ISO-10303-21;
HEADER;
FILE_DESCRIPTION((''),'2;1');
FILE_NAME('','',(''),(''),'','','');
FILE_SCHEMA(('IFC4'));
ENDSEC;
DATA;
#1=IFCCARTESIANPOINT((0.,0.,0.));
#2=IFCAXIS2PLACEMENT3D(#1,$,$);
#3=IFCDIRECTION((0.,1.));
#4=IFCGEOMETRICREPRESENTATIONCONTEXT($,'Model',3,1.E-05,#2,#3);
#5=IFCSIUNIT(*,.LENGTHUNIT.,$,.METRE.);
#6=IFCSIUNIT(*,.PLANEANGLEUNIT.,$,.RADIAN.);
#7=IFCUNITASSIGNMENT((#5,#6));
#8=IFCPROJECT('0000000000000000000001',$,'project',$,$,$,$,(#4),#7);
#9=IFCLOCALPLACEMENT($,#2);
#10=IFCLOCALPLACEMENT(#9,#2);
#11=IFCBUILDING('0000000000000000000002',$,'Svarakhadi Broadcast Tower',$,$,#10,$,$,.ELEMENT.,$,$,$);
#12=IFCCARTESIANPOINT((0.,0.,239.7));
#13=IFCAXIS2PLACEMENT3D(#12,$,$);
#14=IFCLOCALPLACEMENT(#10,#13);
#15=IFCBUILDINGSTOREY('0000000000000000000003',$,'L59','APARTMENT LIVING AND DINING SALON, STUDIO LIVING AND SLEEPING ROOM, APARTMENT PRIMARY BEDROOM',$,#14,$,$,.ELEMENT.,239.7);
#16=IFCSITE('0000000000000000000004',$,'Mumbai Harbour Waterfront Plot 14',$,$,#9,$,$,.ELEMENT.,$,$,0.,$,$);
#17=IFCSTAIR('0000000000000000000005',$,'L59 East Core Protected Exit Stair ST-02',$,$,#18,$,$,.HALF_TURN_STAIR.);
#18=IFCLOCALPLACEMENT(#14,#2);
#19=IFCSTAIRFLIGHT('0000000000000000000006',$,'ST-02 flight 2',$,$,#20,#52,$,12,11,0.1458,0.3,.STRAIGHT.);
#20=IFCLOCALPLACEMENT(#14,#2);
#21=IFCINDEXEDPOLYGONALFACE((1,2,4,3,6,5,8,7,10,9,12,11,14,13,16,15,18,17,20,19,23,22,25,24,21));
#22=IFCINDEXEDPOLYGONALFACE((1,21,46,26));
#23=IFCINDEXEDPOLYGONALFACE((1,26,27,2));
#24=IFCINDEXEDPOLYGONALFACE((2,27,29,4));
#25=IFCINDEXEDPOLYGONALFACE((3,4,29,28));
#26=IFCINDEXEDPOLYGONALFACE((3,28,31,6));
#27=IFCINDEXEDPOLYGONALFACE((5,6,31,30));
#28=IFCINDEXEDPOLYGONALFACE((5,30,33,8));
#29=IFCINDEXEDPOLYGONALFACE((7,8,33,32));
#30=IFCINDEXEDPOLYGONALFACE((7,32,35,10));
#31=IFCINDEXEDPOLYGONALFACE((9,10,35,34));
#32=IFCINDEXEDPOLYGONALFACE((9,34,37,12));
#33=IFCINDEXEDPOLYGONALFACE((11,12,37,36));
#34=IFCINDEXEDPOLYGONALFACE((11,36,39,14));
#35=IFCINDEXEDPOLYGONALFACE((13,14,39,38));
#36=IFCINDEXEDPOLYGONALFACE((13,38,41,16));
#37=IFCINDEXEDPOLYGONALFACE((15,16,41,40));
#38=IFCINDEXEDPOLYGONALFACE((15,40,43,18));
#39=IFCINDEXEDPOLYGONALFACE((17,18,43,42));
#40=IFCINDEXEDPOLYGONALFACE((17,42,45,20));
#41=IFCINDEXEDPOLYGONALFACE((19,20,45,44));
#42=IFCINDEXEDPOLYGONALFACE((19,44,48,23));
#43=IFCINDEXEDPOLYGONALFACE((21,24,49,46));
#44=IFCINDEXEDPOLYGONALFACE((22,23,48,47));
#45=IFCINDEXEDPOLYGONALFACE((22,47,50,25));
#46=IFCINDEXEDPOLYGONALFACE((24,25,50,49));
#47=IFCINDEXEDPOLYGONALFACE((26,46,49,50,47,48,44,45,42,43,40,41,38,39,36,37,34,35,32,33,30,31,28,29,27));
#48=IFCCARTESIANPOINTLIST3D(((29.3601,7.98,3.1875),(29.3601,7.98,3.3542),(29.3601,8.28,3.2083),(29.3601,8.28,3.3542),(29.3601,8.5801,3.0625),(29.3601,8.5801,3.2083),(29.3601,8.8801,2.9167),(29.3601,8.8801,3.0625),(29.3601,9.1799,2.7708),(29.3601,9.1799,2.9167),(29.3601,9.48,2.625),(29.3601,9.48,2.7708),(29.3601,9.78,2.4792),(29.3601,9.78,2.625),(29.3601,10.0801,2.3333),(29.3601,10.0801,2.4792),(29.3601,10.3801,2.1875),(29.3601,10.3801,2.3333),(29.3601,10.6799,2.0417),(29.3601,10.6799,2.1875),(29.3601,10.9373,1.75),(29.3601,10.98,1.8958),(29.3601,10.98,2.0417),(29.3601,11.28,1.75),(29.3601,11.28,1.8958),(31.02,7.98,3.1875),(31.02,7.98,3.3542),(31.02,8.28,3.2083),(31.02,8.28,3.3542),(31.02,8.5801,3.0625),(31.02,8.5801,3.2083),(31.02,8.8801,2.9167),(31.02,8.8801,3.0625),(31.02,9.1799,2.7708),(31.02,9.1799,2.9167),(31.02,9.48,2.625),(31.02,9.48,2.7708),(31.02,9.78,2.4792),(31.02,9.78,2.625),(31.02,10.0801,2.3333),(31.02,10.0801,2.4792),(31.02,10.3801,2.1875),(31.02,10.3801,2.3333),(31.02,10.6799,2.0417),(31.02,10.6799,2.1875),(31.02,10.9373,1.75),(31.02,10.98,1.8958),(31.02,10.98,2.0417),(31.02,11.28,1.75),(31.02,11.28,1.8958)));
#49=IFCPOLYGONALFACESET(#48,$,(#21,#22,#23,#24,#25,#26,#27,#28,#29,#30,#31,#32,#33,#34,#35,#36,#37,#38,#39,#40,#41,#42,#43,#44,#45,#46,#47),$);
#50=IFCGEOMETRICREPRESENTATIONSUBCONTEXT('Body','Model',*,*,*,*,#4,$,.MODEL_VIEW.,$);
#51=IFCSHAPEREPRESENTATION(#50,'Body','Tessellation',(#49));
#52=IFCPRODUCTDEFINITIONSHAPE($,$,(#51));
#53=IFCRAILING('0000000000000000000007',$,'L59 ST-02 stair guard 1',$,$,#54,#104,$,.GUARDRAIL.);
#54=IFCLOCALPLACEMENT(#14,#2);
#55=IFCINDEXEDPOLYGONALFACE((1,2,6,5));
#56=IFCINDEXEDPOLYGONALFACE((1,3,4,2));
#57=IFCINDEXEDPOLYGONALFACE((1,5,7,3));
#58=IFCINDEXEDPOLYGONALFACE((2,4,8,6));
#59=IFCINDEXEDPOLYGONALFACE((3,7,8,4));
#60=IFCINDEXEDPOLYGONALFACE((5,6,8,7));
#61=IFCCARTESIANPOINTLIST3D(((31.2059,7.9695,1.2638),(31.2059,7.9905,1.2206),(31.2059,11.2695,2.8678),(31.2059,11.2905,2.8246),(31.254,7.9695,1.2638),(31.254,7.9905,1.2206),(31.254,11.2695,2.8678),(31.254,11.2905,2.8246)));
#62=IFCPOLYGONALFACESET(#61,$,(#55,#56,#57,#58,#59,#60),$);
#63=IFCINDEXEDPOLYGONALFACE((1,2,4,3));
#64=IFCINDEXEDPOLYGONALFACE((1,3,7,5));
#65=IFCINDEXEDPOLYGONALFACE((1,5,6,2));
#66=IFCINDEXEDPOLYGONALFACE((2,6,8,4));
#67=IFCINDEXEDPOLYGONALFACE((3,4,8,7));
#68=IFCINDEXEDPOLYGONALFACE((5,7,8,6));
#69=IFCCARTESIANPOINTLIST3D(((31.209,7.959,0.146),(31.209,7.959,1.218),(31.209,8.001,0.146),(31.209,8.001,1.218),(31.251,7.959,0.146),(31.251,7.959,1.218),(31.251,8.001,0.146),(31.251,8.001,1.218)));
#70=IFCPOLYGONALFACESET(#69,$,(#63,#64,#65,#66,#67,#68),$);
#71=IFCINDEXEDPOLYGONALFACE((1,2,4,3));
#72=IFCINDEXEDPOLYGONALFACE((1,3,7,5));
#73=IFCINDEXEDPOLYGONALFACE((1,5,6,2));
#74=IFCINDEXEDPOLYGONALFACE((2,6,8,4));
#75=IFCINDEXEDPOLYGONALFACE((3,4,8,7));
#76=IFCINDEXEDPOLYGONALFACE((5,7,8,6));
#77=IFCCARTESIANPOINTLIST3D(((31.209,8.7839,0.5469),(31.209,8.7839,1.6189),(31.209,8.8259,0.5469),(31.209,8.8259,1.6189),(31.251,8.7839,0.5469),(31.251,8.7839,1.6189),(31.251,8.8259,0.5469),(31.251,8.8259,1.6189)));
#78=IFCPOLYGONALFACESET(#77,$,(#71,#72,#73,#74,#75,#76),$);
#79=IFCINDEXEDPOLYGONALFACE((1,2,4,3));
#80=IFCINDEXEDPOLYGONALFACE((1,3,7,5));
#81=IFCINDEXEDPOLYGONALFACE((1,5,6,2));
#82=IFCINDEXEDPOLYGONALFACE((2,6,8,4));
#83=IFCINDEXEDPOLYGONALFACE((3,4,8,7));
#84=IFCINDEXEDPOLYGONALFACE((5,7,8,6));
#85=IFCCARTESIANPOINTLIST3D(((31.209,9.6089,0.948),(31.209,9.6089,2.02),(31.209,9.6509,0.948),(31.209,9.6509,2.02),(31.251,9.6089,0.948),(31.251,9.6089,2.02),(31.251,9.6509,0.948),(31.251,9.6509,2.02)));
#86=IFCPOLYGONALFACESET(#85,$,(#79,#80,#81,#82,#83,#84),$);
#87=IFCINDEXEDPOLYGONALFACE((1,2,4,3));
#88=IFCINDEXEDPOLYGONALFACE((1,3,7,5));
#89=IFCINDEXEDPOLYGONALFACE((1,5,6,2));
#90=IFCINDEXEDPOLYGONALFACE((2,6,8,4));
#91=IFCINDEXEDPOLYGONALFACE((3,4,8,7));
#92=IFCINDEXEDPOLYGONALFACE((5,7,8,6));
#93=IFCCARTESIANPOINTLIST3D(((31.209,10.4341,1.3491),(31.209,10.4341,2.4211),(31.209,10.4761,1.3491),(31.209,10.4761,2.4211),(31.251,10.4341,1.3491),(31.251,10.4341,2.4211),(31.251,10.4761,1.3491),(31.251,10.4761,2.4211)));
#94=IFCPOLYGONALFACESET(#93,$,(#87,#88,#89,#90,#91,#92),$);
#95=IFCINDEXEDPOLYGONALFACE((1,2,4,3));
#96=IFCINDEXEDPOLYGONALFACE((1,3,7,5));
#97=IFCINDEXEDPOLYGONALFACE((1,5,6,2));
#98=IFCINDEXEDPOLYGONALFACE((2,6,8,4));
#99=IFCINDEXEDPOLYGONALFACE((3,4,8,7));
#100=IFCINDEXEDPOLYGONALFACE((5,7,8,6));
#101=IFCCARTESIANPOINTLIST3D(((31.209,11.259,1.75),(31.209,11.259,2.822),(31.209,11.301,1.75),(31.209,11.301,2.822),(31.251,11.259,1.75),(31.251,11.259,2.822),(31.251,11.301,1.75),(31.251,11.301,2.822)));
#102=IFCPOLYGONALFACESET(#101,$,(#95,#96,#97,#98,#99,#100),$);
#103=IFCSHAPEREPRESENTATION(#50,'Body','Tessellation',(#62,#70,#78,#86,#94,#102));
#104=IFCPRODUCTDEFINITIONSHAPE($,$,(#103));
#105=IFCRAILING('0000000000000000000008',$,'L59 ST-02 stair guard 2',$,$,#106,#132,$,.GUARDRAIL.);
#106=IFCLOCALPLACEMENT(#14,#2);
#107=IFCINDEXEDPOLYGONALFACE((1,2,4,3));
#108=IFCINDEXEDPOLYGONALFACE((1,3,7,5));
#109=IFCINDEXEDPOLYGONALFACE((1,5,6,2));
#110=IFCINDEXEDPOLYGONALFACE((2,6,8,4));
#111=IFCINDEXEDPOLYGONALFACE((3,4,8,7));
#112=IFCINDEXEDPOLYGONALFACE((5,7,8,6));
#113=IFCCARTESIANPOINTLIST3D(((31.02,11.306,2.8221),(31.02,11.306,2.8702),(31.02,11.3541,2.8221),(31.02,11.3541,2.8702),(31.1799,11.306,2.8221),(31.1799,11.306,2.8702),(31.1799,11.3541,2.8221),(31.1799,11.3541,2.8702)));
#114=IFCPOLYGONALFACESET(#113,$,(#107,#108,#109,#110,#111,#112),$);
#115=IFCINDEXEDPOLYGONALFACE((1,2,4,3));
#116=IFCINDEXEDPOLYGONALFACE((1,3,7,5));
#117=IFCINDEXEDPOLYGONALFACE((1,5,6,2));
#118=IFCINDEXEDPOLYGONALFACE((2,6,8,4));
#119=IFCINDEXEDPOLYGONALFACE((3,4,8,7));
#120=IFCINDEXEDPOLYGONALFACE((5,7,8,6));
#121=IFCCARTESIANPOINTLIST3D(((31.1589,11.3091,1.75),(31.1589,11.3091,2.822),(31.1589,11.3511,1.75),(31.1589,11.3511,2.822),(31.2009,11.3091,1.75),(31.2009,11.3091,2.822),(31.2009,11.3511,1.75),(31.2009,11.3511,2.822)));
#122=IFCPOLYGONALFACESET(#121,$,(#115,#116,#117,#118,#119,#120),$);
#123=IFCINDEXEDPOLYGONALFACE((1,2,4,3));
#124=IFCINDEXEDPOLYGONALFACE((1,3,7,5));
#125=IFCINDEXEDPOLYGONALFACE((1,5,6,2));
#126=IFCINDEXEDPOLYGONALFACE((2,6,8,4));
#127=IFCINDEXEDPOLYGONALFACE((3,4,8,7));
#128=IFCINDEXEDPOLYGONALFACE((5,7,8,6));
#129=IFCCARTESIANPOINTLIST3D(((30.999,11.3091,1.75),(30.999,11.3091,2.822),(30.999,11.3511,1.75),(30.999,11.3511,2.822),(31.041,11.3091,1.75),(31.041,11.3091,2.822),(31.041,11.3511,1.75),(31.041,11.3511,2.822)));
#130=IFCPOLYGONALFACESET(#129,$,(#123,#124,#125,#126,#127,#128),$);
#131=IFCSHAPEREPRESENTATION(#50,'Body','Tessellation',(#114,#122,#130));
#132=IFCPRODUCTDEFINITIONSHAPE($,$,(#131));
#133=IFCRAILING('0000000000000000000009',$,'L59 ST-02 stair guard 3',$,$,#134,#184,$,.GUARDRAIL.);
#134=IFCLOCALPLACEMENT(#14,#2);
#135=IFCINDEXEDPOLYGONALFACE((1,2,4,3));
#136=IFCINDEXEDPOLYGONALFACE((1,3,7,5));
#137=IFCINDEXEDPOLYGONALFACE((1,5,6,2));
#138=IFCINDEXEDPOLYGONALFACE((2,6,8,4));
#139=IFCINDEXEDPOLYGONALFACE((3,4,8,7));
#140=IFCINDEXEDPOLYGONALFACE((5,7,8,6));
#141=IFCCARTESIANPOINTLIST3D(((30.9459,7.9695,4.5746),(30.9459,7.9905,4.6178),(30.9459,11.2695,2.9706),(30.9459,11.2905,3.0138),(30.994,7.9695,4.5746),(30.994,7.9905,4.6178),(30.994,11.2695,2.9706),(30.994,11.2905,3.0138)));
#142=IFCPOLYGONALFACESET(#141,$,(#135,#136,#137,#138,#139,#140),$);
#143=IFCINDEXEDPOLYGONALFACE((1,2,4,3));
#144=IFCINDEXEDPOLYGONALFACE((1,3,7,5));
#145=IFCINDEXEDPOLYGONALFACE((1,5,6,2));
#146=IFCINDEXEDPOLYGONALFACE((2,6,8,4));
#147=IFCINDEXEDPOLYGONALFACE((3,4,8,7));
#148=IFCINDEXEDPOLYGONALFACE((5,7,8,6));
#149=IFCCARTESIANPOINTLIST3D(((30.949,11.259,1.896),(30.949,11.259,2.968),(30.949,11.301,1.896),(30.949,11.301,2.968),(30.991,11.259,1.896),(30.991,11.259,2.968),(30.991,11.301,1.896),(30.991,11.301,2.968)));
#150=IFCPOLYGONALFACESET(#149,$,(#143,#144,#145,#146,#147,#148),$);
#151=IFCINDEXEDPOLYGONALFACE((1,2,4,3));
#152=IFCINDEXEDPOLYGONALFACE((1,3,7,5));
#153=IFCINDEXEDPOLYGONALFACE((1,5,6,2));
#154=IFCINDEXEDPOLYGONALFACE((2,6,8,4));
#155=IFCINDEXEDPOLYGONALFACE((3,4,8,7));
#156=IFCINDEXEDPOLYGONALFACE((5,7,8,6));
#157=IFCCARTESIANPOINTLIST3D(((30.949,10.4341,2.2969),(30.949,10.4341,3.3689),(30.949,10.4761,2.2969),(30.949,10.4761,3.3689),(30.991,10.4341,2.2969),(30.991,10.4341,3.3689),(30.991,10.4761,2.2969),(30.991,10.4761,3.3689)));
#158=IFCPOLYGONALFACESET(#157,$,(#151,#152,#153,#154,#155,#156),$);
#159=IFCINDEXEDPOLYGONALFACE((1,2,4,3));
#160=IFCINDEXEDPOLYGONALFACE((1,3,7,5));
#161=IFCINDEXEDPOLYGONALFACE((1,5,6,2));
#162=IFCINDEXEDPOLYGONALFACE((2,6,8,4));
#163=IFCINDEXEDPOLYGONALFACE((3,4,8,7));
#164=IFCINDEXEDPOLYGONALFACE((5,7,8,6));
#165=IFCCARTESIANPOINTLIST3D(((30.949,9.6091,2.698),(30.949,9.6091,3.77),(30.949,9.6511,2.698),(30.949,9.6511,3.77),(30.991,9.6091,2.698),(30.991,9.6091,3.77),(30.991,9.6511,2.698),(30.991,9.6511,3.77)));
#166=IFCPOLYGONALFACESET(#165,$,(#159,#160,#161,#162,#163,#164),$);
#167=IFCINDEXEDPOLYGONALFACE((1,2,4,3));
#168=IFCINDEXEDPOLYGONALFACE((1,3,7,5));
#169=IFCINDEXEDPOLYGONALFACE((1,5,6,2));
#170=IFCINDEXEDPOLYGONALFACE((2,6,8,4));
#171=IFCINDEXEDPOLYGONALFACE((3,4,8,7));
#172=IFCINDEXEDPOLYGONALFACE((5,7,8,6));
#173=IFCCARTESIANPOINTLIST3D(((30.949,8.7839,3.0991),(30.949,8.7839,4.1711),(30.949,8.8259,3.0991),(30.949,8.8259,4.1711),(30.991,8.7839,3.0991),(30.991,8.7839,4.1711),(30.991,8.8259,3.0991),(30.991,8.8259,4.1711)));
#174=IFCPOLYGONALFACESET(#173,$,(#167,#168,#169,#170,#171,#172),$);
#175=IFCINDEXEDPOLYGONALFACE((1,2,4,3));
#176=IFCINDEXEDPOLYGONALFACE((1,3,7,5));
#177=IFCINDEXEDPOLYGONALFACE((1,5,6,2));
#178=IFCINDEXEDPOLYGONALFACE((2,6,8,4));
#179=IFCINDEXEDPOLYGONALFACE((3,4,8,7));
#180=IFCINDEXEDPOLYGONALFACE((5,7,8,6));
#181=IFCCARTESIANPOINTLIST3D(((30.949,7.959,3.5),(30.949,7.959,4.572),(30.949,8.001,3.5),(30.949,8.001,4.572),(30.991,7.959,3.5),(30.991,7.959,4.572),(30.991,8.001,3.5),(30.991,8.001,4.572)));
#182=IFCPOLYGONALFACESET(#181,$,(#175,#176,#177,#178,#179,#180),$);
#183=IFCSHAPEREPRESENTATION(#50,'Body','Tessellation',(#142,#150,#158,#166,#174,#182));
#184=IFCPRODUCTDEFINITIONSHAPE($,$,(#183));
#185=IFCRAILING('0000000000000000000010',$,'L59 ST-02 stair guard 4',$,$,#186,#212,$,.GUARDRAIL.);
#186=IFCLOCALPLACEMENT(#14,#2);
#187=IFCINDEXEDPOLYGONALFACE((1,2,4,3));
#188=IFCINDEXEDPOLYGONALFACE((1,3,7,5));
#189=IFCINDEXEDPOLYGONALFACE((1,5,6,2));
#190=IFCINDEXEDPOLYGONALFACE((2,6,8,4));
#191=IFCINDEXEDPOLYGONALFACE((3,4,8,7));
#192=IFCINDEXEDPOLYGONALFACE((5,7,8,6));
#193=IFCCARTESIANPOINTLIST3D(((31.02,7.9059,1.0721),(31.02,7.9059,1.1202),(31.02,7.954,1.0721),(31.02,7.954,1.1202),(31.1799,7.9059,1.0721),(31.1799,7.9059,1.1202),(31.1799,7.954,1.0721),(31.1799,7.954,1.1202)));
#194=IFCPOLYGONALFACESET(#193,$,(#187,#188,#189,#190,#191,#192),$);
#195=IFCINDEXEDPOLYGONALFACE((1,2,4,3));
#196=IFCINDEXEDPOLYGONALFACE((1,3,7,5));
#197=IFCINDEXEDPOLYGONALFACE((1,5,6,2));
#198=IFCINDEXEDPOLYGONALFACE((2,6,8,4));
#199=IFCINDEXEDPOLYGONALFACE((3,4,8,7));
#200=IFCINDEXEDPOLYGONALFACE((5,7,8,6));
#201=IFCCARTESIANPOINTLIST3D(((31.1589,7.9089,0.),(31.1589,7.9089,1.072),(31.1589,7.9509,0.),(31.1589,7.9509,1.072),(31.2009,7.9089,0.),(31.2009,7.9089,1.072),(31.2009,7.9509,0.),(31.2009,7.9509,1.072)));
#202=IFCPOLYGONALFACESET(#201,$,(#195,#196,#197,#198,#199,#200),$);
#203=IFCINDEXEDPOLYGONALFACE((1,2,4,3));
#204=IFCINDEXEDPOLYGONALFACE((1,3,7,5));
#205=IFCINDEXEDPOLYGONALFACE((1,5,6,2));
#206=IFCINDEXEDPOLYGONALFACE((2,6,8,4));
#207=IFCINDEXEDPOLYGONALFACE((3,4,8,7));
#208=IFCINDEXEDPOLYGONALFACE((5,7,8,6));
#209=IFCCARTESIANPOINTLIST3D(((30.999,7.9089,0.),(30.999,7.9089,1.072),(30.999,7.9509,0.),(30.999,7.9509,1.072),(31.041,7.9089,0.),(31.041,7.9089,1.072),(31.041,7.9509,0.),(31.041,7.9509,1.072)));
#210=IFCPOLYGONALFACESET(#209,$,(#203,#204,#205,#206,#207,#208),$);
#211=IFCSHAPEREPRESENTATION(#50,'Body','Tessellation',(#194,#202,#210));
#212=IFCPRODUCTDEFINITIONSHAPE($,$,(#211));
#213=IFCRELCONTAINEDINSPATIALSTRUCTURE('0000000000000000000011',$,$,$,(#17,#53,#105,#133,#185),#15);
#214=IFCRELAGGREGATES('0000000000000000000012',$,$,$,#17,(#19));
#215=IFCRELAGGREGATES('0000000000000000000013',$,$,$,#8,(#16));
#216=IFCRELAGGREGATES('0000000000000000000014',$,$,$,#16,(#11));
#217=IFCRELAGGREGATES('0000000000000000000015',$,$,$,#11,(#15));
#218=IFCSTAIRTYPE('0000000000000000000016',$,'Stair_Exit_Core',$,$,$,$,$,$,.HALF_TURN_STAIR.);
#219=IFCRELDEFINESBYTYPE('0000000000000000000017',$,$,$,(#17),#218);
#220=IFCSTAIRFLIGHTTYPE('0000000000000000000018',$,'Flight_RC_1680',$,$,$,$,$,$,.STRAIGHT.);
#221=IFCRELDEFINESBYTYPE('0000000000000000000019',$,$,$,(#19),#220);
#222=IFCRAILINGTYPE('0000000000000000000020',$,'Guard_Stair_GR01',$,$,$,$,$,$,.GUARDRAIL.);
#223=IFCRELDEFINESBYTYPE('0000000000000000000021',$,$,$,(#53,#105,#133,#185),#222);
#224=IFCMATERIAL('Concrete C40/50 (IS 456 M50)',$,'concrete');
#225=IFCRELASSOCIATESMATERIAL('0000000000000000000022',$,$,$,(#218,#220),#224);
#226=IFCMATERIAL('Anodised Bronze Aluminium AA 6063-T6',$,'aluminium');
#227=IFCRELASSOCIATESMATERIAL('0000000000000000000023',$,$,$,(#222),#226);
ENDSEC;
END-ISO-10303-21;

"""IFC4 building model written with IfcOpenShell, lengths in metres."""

from ifc_helpers import new_model, si_unit, direction, frame, origin, origin_2d, place, context, subcontext, project, spatial, polyline, rectangle, outline, extrude, material, type_object, element, aggregate, save


model = new_model("IFC4")

# Units and contexts
model_context = context("Model", 3, precision=1e-05, world=origin(), true_north=direction((0.0, 1.0)))
body_context = subcontext(model_context, "Body", "Model", "MODEL_VIEW")
ifc_project = project(units=[si_unit("LENGTHUNIT", "METRE"), si_unit("PLANEANGLEUNIT", "RADIAN")], contexts=[model_context])

# Site, building, storey
site_placement = place(None, origin())
site = spatial("IfcSite", under=ifc_project, at=site_placement, Name="Mumbai Harbour Waterfront Plot 14", CompositionType="ELEMENT", RefElevation=0.0)
building_placement = place(site_placement, origin())
building = spatial("IfcBuilding", under=site, at=building_placement, Name="Svarakhadi Broadcast Tower", CompositionType="ELEMENT")
storey_placement = place(building_placement, frame((0.0, 0.0, 239.7)))
storey = spatial("IfcBuildingStorey", under=building, at=storey_placement, Name="L59", Description="APARTMENT LIVING AND DINING SALON, STUDIO LIVING AND SLEEPING ROOM, APARTMENT PRIMARY BEDROOM", CompositionType="ELEMENT", Elevation=239.7)

# Shared definitions
ifc_material_1 = material(Name="Anodised Bronze Aluminium AA 6063-T6", Category="aluminium")

# Stair, stair flight
ifc_material_2 = material(Name="Concrete C40/50 (IS 456 M50)", Category="concrete")
stair_type = type_object("IfcStairType", Name="Stair_Exit_Core", PredefinedType="HALF_TURN_STAIR", material=ifc_material_2)
stair_placement = place(storey_placement, origin())
stair = element("IfcStair", 1, at=stair_placement, inside=storey, type_object=stair_type, Name="L59 East Core Protected Exit Stair ST-02", PredefinedType="HALF_TURN_STAIR")
stair_flight_type = type_object("IfcStairFlightType", Name="Flight_RC_1680", PredefinedType="STRAIGHT", material=ifc_material_2)
stair_flight_1_placement = place(storey_placement, frame((30.1899, 11.28, 1.75), z_axis=(0.0, 0.0, 1.0), x_axis=(0.0, -1.0, 0.0)))
stair_flight_1 = element("IfcStairFlight", 2, at=stair_flight_1_placement, type_object=stair_flight_type, Name="ST-02 flight 2", NumberOfRisers=12, NumberOfTreads=11, PredefinedType="STRAIGHT", RiserHeight=0.1458, TreadLength=0.3, context=body_context, shape_type="SweptSolid", body=[
    extrude(outline(polyline([(0.0, 0.0), (0.0, 0.1458), (0.3, 0.1458), (0.3, 0.2917), (0.6001, 0.2917), (0.6001, 0.4375), (0.8999, 0.4375), (0.8999, 0.5833), (1.2, 0.5833), (1.2, 0.7292), (1.5, 0.7292), (1.5, 0.875), (1.8, 0.875), (1.8, 1.0208), (2.1001, 1.0208), (2.1001, 1.1667), (2.3999, 1.1667), (2.3999, 1.3125), (2.7, 1.3125), (2.7, 1.4583), (3.0, 1.4583), (3.0, 1.6042), (3.3, 1.6042), (3.3, 1.75), (3.3, 1.4375), (0.3428, 0.0), (0.0, 0.0)])), frame((0.0, 0.8301, 0.0), z_axis=(0.0, -1.0, 0.0), x_axis=(1.0, 0.0, 0.0)), (0.0, 0.0, 1.0), 1.6599),
])
aggregate(stair, [stair_flight_1])

# Railings
railing_type_1 = type_object("IfcRailingType", Name="Guard_Stair_GR01", PredefinedType="GUARDRAIL", material=ifc_material_1)
railing_1_placement = place(storey_placement, frame((31.23, 7.98, 0.146)))
element("IfcRailing", 3, at=railing_1_placement, inside=storey, type_object=railing_type_1, Name="L59 ST-02 stair guard 1", PredefinedType="GUARDRAIL", context=body_context, shape_type="SweptSolid", body=[
    extrude(rectangle(XDim=0.0481, YDim=0.0481, at=origin_2d()), frame((0.0, 0.0, 1.0962), z_axis=(0.0, 0.899388, 0.437152), x_axis=(-1.0, 0.0, 0.0)), (0.0, 0.0, 1.0), 3.6692),
    extrude(rectangle(XDim=0.042, YDim=0.042, at=origin_2d()), origin(), (0.0, 0.0, 1.0), 1.072),
    extrude(rectangle(XDim=0.042, YDim=0.042, at=origin_2d()), frame((0.0, 0.825, 0.4009)), (0.0, 0.0, 1.0), 1.072),
    extrude(rectangle(XDim=0.042, YDim=0.042, at=origin_2d()), frame((0.0, 1.6499, 0.802)), (0.0, 0.0, 1.0), 1.072),
    extrude(rectangle(XDim=0.042, YDim=0.042, at=origin_2d()), frame((0.0, 2.4751, 1.2031)), (0.0, 0.0, 1.0), 1.072),
    extrude(rectangle(XDim=0.042, YDim=0.042, at=origin_2d()), frame((0.0, 3.3, 1.604)), (0.0, 0.0, 1.0), 1.072),
])
railing_2_placement = place(storey_placement, frame((31.1799, 11.3301, 1.75)))
element("IfcRailing", 4, at=railing_2_placement, inside=storey, type_object=railing_type_1, Name="L59 ST-02 stair guard 2", PredefinedType="GUARDRAIL", context=body_context, shape_type="SweptSolid", body=[
    extrude(rectangle(XDim=0.0481, YDim=0.0481, at=origin_2d()), frame((0.0, 0.0, 1.0962), z_axis=(-1.0, 0.0, 0.0), x_axis=(0.0, -1.0, 0.0)), (0.0, 0.0, 1.0), 0.1599),
    extrude(rectangle(XDim=0.042, YDim=0.042, at=origin_2d()), origin(), (0.0, 0.0, 1.0), 1.072),
    extrude(rectangle(XDim=0.042, YDim=0.042, at=origin_2d()), frame((-0.1599, 0.0, 0.0)), (0.0, 0.0, 1.0), 1.072),
])
railing_3_placement = place(storey_placement, frame((30.97, 11.28, 1.896)))
element("IfcRailing", 5, at=railing_3_placement, inside=storey, type_object=railing_type_1, Name="L59 ST-02 stair guard 3", PredefinedType="GUARDRAIL", context=body_context, shape_type="SweptSolid", body=[
    extrude(rectangle(XDim=0.0481, YDim=0.0481, at=origin_2d()), frame((0.0, 0.0, 1.0962), z_axis=(0.0, -0.899388, 0.437152), x_axis=(1.0, 0.0, 0.0)), (0.0, 0.0, 1.0), 3.6692),
    extrude(rectangle(XDim=0.042, YDim=0.042, at=origin_2d()), origin(), (0.0, 0.0, 1.0), 1.072),
    extrude(rectangle(XDim=0.042, YDim=0.042, at=origin_2d()), frame((0.0, -0.825, 0.4009)), (0.0, 0.0, 1.0), 1.072),
    extrude(rectangle(XDim=0.042, YDim=0.042, at=origin_2d()), frame((0.0, -1.6499, 0.802)), (0.0, 0.0, 1.0), 1.072),
    extrude(rectangle(XDim=0.042, YDim=0.042, at=origin_2d()), frame((0.0, -2.4751, 1.2031)), (0.0, 0.0, 1.0), 1.072),
    extrude(rectangle(XDim=0.042, YDim=0.042, at=origin_2d()), frame((0.0, -3.3, 1.604)), (0.0, 0.0, 1.0), 1.072),
])
railing_4_placement = place(storey_placement, frame((31.1799, 7.9299, 0.0)))
element("IfcRailing", 6, at=railing_4_placement, inside=storey, type_object=railing_type_1, Name="L59 ST-02 stair guard 4", PredefinedType="GUARDRAIL", context=body_context, shape_type="SweptSolid", body=[
    extrude(rectangle(XDim=0.0481, YDim=0.0481, at=origin_2d()), frame((0.0, 0.0, 1.0962), z_axis=(-1.0, 0.0, 0.0), x_axis=(0.0, -1.0, 0.0)), (0.0, 0.0, 1.0), 0.1599),
    extrude(rectangle(XDim=0.042, YDim=0.042, at=origin_2d()), origin(), (0.0, 0.0, 1.0), 1.072),
    extrude(rectangle(XDim=0.042, YDim=0.042, at=origin_2d()), frame((-0.1599, 0.0, 0.0)), (0.0, 0.0, 1.0), 1.072),
])

save(model, "model.ifc")
